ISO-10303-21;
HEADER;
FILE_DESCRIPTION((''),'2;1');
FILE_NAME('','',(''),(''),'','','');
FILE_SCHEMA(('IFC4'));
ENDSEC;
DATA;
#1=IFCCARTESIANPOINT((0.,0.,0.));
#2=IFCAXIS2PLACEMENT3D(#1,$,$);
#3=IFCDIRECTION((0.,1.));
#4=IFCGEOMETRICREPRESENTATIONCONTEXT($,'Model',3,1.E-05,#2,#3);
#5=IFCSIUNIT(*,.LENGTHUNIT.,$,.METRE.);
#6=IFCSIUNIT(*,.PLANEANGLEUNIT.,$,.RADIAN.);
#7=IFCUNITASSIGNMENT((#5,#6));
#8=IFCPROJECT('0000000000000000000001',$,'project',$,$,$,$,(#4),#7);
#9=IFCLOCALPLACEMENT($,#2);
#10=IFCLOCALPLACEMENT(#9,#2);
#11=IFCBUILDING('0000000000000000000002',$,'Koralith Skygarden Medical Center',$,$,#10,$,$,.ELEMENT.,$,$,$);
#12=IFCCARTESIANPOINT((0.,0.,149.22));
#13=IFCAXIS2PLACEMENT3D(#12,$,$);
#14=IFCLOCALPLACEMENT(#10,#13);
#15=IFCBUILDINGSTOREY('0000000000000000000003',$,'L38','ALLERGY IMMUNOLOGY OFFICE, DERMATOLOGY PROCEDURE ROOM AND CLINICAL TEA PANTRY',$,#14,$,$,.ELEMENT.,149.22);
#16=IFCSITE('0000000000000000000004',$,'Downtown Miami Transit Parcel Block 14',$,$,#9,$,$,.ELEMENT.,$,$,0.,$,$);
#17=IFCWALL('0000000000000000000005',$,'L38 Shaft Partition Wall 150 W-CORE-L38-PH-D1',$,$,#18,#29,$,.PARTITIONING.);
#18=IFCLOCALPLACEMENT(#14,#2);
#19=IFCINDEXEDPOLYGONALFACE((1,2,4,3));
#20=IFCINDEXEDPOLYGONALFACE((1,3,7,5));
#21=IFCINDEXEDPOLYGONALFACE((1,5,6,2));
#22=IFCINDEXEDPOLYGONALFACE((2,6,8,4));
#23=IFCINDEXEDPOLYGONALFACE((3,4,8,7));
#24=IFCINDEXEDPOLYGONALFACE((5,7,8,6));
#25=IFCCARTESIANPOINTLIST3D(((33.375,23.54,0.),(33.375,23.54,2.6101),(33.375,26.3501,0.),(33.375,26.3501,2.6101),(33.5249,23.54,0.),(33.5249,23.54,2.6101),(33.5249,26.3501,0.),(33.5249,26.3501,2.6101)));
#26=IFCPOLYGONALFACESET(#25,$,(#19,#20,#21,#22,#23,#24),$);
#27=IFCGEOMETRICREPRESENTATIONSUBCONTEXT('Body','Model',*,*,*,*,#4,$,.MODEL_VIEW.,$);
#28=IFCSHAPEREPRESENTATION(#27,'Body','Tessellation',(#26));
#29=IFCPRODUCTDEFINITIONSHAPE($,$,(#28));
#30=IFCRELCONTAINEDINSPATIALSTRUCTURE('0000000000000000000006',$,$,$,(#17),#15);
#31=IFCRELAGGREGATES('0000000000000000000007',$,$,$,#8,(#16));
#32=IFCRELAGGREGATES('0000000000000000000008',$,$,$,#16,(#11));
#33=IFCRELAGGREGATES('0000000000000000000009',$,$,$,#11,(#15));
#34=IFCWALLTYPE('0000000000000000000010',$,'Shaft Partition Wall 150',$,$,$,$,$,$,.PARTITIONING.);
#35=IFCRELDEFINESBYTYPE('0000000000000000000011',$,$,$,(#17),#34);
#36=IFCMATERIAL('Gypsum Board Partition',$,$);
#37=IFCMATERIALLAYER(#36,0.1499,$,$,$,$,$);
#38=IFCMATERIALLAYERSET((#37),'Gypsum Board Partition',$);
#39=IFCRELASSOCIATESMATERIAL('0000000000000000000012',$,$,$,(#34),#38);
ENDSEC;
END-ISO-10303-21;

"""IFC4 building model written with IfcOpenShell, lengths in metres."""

from ifc_helpers import new_model, si_unit, direction, frame, frame_2d, origin, place, context, subcontext, project, spatial, rectangle, extrude, material, layer, layer_set, type_object, element, save


model = new_model("IFC4")

# Units and contexts
model_context = context("Model", 3, precision=1e-05, world=origin(), true_north=direction((0.0, 1.0)))
body_context = subcontext(model_context, "Body", "Model", "MODEL_VIEW")
ifc_project = project(units=[si_unit("LENGTHUNIT", "METRE"), si_unit("PLANEANGLEUNIT", "RADIAN")], contexts=[model_context])

# Site, building, storey
site_placement = place(None, origin())
site = spatial("IfcSite", under=ifc_project, at=site_placement, Name="Downtown Miami Transit Parcel Block 14", CompositionType="ELEMENT", RefElevation=0.0)
building_placement = place(site_placement, origin())
building = spatial("IfcBuilding", under=site, at=building_placement, Name="Koralith Skygarden Medical Center", CompositionType="ELEMENT")
storey_placement = place(building_placement, frame((0.0, 0.0, 149.22)))
storey = spatial("IfcBuildingStorey", under=building, at=storey_placement, Name="L38", Description="ALLERGY IMMUNOLOGY OFFICE, DERMATOLOGY PROCEDURE ROOM AND CLINICAL TEA PANTRY", CompositionType="ELEMENT", Elevation=149.22)

# Shared definitions
ifc_material_1 = material(Name="Gypsum Board Partition")

# Wall
ifc_layer_1 = layer(ifc_material_1, 0.1499)
ifc_layer_set_1 = layer_set([ifc_layer_1], Name="Gypsum Board Partition")
wall_type_1 = type_object("IfcWallType", Name="Shaft Partition Wall 150", PredefinedType="PARTITIONING", material=ifc_layer_set_1)
wall_1_placement = place(storey_placement, frame((33.45, 23.54, 0.0), z_axis=(0.0, 0.0, 1.0), x_axis=(0.0, 1.0, 0.0)))
element("IfcWall", 1, at=wall_1_placement, inside=storey, type_object=wall_type_1, Name="L38 Shaft Partition Wall 150 W-CORE-L38-PH-D1", PredefinedType="PARTITIONING", context=body_context, shape_type="SweptSolid", body=[
    extrude(rectangle(XDim=2.8101, YDim=0.1499, at=frame_2d((1.405, 0.0))), origin(), (0.0, 0.0, 1.0), 2.6101),
])

save(model, "model.ifc")
